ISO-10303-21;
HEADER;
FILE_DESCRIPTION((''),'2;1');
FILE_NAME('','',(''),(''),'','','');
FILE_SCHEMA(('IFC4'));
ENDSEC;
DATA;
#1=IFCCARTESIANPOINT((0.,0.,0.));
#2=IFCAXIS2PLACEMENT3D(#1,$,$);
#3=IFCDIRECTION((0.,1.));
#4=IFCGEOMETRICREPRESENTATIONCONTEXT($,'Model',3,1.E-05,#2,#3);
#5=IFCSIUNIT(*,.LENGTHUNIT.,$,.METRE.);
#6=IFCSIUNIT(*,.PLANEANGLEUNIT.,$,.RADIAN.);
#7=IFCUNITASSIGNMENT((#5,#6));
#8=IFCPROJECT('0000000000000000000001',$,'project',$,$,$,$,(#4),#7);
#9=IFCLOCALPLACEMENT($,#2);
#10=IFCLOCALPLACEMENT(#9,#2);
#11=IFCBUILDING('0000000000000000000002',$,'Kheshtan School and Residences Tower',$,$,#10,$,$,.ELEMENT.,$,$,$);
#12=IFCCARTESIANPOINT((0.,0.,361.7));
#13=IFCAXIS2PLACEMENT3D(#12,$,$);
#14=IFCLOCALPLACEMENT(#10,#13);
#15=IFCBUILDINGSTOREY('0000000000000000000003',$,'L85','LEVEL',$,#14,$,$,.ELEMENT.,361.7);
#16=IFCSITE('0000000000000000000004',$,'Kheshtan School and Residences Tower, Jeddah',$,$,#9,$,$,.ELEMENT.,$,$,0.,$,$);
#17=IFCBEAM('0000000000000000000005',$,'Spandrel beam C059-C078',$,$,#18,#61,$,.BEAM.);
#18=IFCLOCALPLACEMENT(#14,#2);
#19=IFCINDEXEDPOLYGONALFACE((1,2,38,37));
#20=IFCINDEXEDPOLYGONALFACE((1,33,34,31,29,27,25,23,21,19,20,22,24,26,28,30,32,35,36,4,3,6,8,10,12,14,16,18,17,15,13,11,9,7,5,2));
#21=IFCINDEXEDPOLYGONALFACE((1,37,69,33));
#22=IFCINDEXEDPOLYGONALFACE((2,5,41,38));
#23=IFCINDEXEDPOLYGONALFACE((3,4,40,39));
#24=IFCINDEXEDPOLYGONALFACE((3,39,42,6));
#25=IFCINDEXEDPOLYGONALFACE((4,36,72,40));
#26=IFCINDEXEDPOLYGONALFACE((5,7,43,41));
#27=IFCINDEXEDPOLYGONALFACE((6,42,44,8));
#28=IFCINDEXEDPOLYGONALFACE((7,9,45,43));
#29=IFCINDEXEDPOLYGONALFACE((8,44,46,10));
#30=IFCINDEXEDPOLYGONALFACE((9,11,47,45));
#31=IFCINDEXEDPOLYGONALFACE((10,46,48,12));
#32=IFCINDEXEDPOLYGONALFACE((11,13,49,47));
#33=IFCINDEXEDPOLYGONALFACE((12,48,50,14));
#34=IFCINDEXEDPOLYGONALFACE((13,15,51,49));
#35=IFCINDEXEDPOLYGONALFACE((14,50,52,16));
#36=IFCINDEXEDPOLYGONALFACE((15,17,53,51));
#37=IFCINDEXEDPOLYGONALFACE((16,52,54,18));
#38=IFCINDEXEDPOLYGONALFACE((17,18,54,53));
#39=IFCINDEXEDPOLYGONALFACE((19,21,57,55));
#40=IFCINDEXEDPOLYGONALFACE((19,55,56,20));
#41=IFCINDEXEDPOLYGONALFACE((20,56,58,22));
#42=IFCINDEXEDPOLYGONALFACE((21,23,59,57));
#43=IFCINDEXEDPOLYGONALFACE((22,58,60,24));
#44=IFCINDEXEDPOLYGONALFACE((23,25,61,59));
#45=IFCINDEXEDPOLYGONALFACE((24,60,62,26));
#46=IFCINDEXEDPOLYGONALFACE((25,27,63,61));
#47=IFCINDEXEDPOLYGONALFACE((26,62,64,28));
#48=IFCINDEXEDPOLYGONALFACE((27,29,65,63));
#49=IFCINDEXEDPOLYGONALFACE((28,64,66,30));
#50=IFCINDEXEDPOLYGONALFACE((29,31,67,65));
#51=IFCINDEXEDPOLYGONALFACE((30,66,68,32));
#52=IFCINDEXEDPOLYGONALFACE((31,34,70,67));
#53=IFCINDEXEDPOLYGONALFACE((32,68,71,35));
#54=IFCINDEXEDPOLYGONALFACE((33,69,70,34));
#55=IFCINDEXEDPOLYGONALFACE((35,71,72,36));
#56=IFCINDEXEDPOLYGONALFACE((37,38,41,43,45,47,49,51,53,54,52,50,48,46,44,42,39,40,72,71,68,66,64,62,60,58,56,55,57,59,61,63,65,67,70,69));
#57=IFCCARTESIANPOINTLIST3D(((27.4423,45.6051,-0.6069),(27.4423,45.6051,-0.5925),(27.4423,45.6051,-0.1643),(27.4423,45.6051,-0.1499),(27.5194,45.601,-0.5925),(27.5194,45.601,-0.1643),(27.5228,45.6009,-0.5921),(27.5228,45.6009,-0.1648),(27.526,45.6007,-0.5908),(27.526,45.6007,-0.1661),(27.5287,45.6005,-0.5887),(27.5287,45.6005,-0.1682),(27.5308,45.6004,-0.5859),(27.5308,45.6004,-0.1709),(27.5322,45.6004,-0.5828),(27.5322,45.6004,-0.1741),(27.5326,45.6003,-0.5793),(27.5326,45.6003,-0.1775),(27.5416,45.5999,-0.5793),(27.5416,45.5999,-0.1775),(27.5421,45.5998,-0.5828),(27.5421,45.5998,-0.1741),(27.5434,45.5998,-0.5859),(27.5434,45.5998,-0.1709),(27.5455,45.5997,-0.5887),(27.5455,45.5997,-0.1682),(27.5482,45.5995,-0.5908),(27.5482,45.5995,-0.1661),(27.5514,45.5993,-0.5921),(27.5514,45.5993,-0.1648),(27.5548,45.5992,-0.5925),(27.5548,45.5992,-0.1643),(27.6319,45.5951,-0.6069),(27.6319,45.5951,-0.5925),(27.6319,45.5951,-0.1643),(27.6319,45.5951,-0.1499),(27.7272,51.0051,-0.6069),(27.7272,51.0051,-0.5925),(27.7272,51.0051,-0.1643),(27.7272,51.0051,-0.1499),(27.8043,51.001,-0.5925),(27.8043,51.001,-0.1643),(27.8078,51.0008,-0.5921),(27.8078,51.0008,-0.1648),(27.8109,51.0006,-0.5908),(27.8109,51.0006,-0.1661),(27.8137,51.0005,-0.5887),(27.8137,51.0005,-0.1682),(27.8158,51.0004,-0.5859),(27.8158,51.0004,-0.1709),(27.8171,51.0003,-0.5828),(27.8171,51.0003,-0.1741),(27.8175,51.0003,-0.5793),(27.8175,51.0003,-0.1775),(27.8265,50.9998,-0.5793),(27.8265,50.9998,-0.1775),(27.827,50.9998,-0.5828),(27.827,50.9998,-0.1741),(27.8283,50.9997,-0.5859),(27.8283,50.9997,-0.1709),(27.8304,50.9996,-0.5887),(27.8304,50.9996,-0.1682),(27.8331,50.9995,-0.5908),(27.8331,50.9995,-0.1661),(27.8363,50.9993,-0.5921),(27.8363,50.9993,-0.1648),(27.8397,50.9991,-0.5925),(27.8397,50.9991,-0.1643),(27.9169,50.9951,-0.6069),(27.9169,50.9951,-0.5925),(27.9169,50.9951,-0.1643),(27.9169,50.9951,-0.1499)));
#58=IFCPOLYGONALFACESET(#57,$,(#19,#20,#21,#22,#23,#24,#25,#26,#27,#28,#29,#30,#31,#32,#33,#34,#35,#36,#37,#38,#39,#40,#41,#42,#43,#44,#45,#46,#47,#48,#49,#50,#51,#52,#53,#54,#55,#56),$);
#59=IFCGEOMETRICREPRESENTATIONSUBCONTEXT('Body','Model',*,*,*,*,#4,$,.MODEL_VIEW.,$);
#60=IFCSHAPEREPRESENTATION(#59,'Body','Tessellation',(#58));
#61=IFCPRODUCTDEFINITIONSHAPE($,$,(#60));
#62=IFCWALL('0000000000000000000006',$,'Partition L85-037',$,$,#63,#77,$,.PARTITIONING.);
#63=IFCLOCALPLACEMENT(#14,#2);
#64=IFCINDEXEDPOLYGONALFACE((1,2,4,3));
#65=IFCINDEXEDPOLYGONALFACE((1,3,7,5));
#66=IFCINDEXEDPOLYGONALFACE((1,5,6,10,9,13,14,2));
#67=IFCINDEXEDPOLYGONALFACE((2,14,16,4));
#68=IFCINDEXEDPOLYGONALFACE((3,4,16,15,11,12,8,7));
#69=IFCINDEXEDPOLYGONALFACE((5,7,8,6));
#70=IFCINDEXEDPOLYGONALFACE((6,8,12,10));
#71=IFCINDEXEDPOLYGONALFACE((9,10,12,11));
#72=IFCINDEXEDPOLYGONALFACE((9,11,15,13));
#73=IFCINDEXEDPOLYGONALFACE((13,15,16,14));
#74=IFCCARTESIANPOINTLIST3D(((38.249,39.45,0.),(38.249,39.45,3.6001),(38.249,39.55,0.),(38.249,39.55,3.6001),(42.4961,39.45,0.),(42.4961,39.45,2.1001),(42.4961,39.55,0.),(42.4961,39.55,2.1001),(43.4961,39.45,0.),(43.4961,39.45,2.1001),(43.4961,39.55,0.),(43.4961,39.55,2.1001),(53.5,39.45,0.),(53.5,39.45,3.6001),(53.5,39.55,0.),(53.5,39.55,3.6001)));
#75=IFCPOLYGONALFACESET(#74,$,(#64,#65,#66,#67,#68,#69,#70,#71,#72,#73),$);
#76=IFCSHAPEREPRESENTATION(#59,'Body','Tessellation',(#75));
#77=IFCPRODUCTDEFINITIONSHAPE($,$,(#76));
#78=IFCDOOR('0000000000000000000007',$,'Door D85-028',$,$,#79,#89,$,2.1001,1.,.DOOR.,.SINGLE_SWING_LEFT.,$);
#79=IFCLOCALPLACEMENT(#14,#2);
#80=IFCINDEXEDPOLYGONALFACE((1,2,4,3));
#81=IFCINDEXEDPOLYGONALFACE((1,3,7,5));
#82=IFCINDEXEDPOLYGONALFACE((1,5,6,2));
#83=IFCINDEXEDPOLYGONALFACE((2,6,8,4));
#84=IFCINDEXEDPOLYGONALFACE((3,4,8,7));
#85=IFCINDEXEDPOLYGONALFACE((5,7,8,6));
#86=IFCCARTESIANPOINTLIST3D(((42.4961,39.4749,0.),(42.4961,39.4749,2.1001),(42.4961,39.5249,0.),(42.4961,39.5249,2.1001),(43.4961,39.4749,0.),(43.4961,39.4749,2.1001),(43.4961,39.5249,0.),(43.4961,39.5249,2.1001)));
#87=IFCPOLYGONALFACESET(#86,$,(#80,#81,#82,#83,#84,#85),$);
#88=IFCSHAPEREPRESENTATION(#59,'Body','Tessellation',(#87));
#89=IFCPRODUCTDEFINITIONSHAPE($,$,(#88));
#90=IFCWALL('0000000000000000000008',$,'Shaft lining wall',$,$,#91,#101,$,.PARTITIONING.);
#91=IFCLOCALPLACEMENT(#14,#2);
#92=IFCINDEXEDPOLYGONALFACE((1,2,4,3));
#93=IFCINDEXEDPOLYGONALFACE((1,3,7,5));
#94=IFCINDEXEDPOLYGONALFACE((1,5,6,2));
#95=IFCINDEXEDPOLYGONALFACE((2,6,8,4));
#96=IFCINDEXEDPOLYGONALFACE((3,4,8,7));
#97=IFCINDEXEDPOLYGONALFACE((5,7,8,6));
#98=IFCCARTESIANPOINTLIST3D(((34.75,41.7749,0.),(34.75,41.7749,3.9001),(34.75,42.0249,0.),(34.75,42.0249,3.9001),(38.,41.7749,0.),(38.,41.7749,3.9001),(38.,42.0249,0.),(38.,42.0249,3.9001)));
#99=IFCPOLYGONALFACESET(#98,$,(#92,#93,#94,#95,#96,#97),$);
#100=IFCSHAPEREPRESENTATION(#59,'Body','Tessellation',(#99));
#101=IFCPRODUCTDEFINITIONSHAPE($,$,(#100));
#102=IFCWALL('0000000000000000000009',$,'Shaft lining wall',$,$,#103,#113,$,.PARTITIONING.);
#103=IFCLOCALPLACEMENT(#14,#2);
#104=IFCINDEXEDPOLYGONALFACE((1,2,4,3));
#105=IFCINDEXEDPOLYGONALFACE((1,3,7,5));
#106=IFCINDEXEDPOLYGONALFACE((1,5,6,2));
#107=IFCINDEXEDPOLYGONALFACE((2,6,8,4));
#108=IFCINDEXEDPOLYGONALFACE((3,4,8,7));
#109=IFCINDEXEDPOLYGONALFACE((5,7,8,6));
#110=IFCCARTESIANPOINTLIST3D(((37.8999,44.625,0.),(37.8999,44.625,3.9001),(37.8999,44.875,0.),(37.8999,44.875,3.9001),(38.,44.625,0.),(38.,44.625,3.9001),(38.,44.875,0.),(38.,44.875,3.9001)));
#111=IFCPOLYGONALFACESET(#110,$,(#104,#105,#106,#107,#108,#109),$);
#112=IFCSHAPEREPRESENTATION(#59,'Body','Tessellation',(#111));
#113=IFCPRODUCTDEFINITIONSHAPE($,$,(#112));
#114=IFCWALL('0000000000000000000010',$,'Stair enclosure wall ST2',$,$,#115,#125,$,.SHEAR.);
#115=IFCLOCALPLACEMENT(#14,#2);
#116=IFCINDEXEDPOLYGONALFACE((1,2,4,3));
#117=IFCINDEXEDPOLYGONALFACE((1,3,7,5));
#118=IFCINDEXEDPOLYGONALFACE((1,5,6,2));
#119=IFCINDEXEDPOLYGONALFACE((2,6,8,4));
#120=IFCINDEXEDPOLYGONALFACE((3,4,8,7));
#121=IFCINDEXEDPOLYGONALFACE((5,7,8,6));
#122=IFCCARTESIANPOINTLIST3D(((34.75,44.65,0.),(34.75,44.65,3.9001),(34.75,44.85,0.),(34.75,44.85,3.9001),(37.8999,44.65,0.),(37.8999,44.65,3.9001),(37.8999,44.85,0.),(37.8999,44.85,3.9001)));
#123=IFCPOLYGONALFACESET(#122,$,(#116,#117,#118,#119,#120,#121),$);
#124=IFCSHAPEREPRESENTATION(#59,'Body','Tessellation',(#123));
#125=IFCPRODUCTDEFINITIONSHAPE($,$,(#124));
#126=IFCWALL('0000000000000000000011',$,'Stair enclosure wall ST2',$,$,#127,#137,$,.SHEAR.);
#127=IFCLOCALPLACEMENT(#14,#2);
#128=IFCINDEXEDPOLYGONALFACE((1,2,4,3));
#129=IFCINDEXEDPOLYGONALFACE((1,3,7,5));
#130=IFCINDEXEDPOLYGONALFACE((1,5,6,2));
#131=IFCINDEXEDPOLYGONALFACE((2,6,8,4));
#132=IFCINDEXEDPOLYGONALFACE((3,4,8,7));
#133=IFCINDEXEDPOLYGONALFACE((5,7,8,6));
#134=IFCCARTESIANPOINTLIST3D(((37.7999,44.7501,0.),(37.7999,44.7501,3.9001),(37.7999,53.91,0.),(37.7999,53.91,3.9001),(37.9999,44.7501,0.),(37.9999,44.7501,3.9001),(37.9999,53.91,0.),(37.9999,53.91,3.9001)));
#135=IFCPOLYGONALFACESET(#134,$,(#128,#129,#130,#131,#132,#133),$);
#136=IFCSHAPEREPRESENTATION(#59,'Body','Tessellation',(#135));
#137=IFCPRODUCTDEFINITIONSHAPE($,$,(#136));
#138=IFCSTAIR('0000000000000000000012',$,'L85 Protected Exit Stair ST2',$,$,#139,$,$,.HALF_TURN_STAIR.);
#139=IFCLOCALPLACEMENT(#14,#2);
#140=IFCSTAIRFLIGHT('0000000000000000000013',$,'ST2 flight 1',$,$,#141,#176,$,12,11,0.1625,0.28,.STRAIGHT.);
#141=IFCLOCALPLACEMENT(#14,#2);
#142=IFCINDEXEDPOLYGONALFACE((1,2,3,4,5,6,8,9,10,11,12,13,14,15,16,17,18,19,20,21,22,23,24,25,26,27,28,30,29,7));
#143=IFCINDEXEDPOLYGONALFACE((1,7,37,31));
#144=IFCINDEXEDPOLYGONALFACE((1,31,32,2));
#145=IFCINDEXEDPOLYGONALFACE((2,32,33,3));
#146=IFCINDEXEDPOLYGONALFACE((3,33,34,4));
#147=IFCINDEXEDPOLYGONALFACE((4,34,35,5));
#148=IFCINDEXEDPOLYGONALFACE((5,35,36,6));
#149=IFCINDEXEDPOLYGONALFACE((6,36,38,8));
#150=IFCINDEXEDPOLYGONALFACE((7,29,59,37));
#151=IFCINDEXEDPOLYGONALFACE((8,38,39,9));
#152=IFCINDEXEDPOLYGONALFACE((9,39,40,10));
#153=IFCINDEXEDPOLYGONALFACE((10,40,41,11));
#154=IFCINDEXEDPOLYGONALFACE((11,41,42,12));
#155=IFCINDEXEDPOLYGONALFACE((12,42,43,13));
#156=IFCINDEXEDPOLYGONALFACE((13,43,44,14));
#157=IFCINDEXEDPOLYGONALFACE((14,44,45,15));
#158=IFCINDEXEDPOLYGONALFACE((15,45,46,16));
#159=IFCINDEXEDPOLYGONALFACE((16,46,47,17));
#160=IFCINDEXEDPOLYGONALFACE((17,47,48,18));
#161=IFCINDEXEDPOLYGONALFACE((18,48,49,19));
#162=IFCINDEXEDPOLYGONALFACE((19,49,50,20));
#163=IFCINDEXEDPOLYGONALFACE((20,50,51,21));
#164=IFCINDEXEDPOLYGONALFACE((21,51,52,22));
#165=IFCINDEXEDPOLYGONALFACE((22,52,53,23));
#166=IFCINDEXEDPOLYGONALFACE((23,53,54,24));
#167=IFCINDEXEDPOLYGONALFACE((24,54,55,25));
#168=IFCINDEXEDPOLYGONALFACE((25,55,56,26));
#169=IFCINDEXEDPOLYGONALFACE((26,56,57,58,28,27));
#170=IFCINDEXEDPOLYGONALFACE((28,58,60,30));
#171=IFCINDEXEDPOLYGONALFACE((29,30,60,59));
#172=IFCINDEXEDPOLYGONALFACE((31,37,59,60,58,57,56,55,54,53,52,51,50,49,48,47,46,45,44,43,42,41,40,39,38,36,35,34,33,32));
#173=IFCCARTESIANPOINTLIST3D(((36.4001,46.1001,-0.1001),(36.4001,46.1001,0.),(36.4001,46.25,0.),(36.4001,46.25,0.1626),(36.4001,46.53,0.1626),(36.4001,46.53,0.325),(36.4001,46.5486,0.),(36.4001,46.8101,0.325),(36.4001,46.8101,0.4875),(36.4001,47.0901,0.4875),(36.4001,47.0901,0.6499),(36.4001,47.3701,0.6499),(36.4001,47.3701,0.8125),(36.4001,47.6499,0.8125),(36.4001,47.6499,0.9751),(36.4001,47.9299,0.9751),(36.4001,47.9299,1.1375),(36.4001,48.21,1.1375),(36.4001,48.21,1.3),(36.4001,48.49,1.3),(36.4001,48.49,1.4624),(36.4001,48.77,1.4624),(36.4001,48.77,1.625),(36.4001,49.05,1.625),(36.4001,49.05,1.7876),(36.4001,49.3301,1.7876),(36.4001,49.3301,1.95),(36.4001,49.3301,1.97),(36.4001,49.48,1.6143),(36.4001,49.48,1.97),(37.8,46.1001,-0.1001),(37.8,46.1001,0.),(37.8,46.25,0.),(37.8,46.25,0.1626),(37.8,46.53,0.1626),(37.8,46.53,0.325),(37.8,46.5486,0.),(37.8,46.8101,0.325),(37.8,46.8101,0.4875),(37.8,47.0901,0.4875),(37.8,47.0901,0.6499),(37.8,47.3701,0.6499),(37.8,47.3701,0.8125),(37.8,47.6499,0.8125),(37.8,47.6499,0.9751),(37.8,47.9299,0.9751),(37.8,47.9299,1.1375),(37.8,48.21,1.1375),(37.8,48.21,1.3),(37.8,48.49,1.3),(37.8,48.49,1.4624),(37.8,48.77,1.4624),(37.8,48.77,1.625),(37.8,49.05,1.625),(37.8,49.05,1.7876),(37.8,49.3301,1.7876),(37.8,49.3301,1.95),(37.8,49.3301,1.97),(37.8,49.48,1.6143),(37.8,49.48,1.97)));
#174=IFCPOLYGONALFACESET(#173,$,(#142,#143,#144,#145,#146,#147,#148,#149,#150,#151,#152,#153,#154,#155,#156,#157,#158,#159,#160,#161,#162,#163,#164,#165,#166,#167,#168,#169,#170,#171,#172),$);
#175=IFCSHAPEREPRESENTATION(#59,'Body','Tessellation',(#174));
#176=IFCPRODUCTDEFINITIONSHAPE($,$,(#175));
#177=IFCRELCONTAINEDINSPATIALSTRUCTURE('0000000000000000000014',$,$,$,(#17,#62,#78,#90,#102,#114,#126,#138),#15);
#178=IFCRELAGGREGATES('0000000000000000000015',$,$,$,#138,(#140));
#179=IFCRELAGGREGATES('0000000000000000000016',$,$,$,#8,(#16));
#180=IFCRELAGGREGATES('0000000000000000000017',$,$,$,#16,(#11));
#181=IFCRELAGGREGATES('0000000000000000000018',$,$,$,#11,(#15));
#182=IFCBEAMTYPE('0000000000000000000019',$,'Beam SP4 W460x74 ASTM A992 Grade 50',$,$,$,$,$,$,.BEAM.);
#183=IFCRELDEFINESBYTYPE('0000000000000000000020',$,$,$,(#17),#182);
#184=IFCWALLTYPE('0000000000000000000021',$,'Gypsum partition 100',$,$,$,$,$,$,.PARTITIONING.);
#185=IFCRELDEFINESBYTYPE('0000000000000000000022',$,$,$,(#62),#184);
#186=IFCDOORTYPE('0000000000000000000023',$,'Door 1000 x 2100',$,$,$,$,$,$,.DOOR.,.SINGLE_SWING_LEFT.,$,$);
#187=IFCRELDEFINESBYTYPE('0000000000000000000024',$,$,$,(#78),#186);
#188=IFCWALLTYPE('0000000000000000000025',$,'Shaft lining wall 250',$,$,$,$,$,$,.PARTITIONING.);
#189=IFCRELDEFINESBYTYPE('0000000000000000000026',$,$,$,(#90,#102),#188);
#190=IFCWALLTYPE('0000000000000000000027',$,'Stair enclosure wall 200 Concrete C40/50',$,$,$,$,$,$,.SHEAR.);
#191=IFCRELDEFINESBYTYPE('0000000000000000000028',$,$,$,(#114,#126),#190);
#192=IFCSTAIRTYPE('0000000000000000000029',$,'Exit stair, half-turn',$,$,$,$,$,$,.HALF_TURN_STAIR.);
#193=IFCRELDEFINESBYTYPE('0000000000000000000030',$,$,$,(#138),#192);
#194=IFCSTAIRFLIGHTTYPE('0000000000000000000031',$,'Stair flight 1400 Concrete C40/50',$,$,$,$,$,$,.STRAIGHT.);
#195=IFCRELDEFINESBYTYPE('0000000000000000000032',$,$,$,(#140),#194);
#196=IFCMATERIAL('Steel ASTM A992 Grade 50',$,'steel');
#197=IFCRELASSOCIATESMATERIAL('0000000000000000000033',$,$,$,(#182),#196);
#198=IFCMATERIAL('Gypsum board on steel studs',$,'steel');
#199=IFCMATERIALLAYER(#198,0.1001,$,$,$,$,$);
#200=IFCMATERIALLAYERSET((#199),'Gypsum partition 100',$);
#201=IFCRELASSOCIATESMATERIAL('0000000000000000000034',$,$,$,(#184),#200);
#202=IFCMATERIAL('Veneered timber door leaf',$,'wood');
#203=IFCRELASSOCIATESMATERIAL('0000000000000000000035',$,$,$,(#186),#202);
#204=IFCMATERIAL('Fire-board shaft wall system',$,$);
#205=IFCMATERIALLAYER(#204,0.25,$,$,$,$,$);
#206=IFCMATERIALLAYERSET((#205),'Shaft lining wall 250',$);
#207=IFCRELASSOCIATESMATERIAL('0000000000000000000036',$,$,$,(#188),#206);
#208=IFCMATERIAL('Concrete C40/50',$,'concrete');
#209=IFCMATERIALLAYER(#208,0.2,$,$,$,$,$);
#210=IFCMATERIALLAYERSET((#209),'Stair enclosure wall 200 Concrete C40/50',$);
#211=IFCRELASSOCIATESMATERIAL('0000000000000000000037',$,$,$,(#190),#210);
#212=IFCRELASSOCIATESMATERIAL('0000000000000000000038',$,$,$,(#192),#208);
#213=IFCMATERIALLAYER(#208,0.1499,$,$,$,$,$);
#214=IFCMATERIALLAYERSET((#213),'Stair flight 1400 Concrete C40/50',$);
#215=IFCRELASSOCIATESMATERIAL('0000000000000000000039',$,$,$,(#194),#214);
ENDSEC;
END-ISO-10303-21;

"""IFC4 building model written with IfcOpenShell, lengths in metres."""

from ifc_helpers import new_model, si_unit, direction, frame, frame_2d, origin, origin_2d, place, context, subcontext, project, spatial, polyline, rectangle, i_section, outline, extrude, source, transform, mapped, material, layer, layer_set, material_profile, profile_set, type_object, element, fill, aggregate, save


model = new_model("IFC4")

# Units and contexts
model_context = context("Model", 3, precision=1e-05, world=origin(), true_north=direction((0.0, 1.0)))
body_context = subcontext(model_context, "Body", "Model", "MODEL_VIEW")
ifc_project = project(units=[si_unit("LENGTHUNIT", "METRE"), si_unit("PLANEANGLEUNIT", "RADIAN")], contexts=[model_context])

# Site, building, storey
site_placement = place(None, origin())
site = spatial("IfcSite", under=ifc_project, at=site_placement, Name="Kheshtan School and Residences Tower, Jeddah", CompositionType="ELEMENT", RefElevation=0.0)
building_placement = place(site_placement, origin())
building = spatial("IfcBuilding", under=site, at=building_placement, Name="Kheshtan School and Residences Tower", CompositionType="ELEMENT")
storey_placement = place(building_placement, frame((0.0, 0.0, 361.7)))
storey = spatial("IfcBuildingStorey", under=building, at=storey_placement, Name="L85", Description="LEVEL", CompositionType="ELEMENT", Elevation=361.7)

# Shared definitions
ifc_material_1 = material(Name="Steel ASTM A992 Grade 50", Category="steel")

# Beam
ifc_material_profile_1 = material_profile(ifc_material_1, i_section(OverallWidth=0.1899, OverallDepth=0.457, WebThickness=0.009, FlangeThickness=0.0144, FilletRadius=0.0132, at=origin_2d()), Name="W460x74")
ifc_profile_set_1 = profile_set([ifc_material_profile_1], Name="Steel ASTM A992 Grade 50")
beam_type_1 = type_object("IfcBeamType", Name="Beam SP4 W460x74 ASTM A992 Grade 50", PredefinedType="BEAM", material=ifc_profile_set_1)
beam_1_placement = place(storey_placement, frame((27.5371, 45.6001, -0.3784), z_axis=(0.052689, 0.998611, 0.0), x_axis=(-0.998611, 0.052689, 0.0)))
element("IfcBeam", 1, at=beam_1_placement, inside=storey, type_object=beam_type_1, Name="Spandrel beam C059-C078", PredefinedType="BEAM", context=body_context, shape_type="SweptSolid", body=[
    extrude(i_section(OverallWidth=0.1899, OverallDepth=0.457, WebThickness=0.009, FlangeThickness=0.0144, FilletRadius=0.0132, at=origin_2d()), origin(), (0.0, 0.0, 1.0), 5.4075),
])

# Wall, opening, door
ifc_material_2 = material(Name="Gypsum board on steel studs", Category="steel")
ifc_layer_1 = layer(ifc_material_2, 0.1001)
ifc_layer_set_1 = layer_set([ifc_layer_1], Name="Gypsum partition 100")
wall_type_1 = type_object("IfcWallType", Name="Gypsum partition 100", PredefinedType="PARTITIONING", material=ifc_layer_set_1)
wall_1_placement = place(storey_placement, frame((38.249, 39.5, 0.0), z_axis=(0.0, 0.0, 1.0), x_axis=(1.0, 0.0, 0.0)))
wall_1 = element("IfcWall", 2, at=wall_1_placement, inside=storey, type_object=wall_type_1, Name="Partition L85-037", PredefinedType="PARTITIONING", context=body_context, shape_type="SweptSolid", body=[
    extrude(rectangle(XDim=15.251, YDim=0.1001, at=frame_2d((7.6255, 0.0))), origin(), (0.0, 0.0, 1.0), 3.6001),
])
opening_placement = place(wall_1_placement, frame((4.2471, 0.0, 0.0)))
opening = element("IfcOpeningElement", 3, at=opening_placement, cuts=wall_1, PredefinedType="OPENING", context=body_context, shape_type="SweptSolid", body=[
    extrude(rectangle(XDim=1.0, YDim=2.1001, at=frame_2d((0.5, 1.05))), frame((0.0, 0.0601, 0.0), z_axis=(0.0, -1.0, 0.0), x_axis=(1.0, 0.0, 0.0)), (0.0, 0.0, 1.0), 0.1201),
])
ifc_material_3 = material(Name="Veneered timber door leaf", Category="wood")
door_type = type_object("IfcDoorType", Name="Door 1000 x 2100", OperationType="SINGLE_SWING_LEFT", PredefinedType="DOOR", material=ifc_material_3)
shared_shape = source(origin(), body_context, "Body", "SweptSolid", [
    extrude(rectangle(XDim=1.0, YDim=2.1001, at=frame_2d((0.5, 1.05))), frame((0.0, 0.0249, 0.0), z_axis=(0.0, -1.0, 0.0), x_axis=(1.0, 0.0, 0.0)), (0.0, 0.0, 1.0), 0.05),
])
door_placement = place(opening_placement, origin())
door = element("IfcDoor", 4, at=door_placement, inside=storey, type_object=door_type, Name="Door D85-028", OperationType="SINGLE_SWING_LEFT", OverallHeight=2.1001, OverallWidth=1.0, PredefinedType="DOOR", context=body_context, shape_type="MappedRepresentation", body=[
    mapped(shared_shape, transform((0.0, 0.0, 0.0), x_axis=(1.0, 0.0, 0.0), y_axis=(0.0, 1.0, 0.0), z_axis=(0.0, 0.0, 1.0), scale=1.0)),
])
fill(opening, door)

# Walls
ifc_material_4 = material(Name="Fire-board shaft wall system")
ifc_layer_2 = layer(ifc_material_4, 0.25)
ifc_layer_set_2 = layer_set([ifc_layer_2], Name="Shaft lining wall 250")
wall_type_2 = type_object("IfcWallType", Name="Shaft lining wall 250", PredefinedType="PARTITIONING", material=ifc_layer_set_2)
wall_2_placement = place(storey_placement, frame((34.75, 41.8999, 0.0), z_axis=(0.0, 0.0, 1.0), x_axis=(1.0, 0.0, 0.0)))
element("IfcWall", 5, at=wall_2_placement, inside=storey, type_object=wall_type_2, Name="Shaft lining wall", PredefinedType="PARTITIONING", context=body_context, shape_type="SweptSolid", body=[
    extrude(rectangle(XDim=3.25, YDim=0.25, at=frame_2d((1.625, 0.0))), origin(), (0.0, 0.0, 1.0), 3.9001),
])
wall_3_placement = place(storey_placement, frame((37.8999, 44.75, 0.0), z_axis=(0.0, 0.0, 1.0), x_axis=(1.0, 0.0, 0.0)))
element("IfcWall", 6, at=wall_3_placement, inside=storey, type_object=wall_type_2, Name="Shaft lining wall", PredefinedType="PARTITIONING", context=body_context, shape_type="SweptSolid", body=[
    extrude(rectangle(XDim=0.1001, YDim=0.25, at=frame_2d((0.05, 0.0))), origin(), (0.0, 0.0, 1.0), 3.9001),
])
ifc_material_5 = material(Name="Concrete C40/50", Category="concrete")
ifc_layer_3 = layer(ifc_material_5, 0.2)
ifc_layer_set_3 = layer_set([ifc_layer_3], Name="Stair enclosure wall 200 Concrete C40/50")
wall_type_3 = type_object("IfcWallType", Name="Stair enclosure wall 200 Concrete C40/50", PredefinedType="SHEAR", material=ifc_layer_set_3)
wall_4_placement = place(storey_placement, frame((34.75, 44.75, 0.0), z_axis=(0.0, 0.0, 1.0), x_axis=(1.0, 0.0, 0.0)))
element("IfcWall", 7, at=wall_4_placement, inside=storey, type_object=wall_type_3, Name="Stair enclosure wall ST2", PredefinedType="SHEAR", context=body_context, shape_type="SweptSolid", body=[
    extrude(rectangle(XDim=3.1499, YDim=0.2, at=frame_2d((1.575, 0.0))), origin(), (0.0, 0.0, 1.0), 3.9001),
])
wall_5_placement = place(storey_placement, frame((37.8999, 44.75, 0.0), z_axis=(0.0, 0.0, 1.0), x_axis=(0.0, 1.0, 0.0)))
element("IfcWall", 8, at=wall_5_placement, inside=storey, type_object=wall_type_3, Name="Stair enclosure wall ST2", PredefinedType="SHEAR", context=body_context, shape_type="SweptSolid", body=[
    extrude(rectangle(XDim=9.1599, YDim=0.2, at=frame_2d((4.5801, 0.0))), origin(), (0.0, 0.0, 1.0), 3.9001),
])

# Stair, stair flight
stair_type = type_object("IfcStairType", Name="Exit stair, half-turn", PredefinedType="HALF_TURN_STAIR", material=ifc_material_5)
stair_placement = place(storey_placement, origin())
stair = element("IfcStair", 9, at=stair_placement, inside=storey, type_object=stair_type, Name="L85 Protected Exit Stair ST2", PredefinedType="HALF_TURN_STAIR")
ifc_layer_4 = layer(ifc_material_5, 0.1499)
ifc_layer_set_4 = layer_set([ifc_layer_4], Name="Stair flight 1400 Concrete C40/50")
stair_flight_type = type_object("IfcStairFlightType", Name="Stair flight 1400 Concrete C40/50", PredefinedType="STRAIGHT", material=ifc_layer_set_4)
stair_flight_placement = place(storey_placement, frame((37.1001, 46.25, 0.0), z_axis=(0.0, 0.0, 1.0), x_axis=(0.0, 1.0, 0.0)))
stair_flight = element("IfcStairFlight", 10, at=stair_flight_placement, type_object=stair_flight_type, Name="ST2 flight 1", NumberOfRisers=12, NumberOfTreads=11, PredefinedType="STRAIGHT", RiserHeight=0.1625, TreadLength=0.28, context=body_context, shape_type="SweptSolid", body=[
    extrude(outline(polyline([(-0.1499, -0.1001), (-0.1499, 0.0), (0.0, 0.0), (0.0, 0.1626), (0.28, 0.1626), (0.28, 0.325), (0.5601, 0.325), (0.5601, 0.4875), (0.8401, 0.4875), (0.8401, 0.6499), (1.1201, 0.6499), (1.1201, 0.8125), (1.3999, 0.8125), (1.3999, 0.9751), (1.6799, 0.9751), (1.6799, 1.1375), (1.96, 1.1375), (1.96, 1.3), (2.24, 1.3), (2.24, 1.4624), (2.52, 1.4624), (2.52, 1.625), (2.8, 1.625), (2.8, 1.7876), (3.0801, 1.7876), (3.0801, 1.95), (3.0801, 1.97), (3.23, 1.97), (3.23, 1.6143), (0.2986, 0.0), (-0.1499, -0.1001)])), frame((0.0, 0.7, 0.0), z_axis=(0.0, -1.0, 0.0), x_axis=(1.0, 0.0, 0.0)), (0.0, 0.0, 1.0), 1.3999),
])
aggregate(stair, [stair_flight])

save(model, "model.ifc")
